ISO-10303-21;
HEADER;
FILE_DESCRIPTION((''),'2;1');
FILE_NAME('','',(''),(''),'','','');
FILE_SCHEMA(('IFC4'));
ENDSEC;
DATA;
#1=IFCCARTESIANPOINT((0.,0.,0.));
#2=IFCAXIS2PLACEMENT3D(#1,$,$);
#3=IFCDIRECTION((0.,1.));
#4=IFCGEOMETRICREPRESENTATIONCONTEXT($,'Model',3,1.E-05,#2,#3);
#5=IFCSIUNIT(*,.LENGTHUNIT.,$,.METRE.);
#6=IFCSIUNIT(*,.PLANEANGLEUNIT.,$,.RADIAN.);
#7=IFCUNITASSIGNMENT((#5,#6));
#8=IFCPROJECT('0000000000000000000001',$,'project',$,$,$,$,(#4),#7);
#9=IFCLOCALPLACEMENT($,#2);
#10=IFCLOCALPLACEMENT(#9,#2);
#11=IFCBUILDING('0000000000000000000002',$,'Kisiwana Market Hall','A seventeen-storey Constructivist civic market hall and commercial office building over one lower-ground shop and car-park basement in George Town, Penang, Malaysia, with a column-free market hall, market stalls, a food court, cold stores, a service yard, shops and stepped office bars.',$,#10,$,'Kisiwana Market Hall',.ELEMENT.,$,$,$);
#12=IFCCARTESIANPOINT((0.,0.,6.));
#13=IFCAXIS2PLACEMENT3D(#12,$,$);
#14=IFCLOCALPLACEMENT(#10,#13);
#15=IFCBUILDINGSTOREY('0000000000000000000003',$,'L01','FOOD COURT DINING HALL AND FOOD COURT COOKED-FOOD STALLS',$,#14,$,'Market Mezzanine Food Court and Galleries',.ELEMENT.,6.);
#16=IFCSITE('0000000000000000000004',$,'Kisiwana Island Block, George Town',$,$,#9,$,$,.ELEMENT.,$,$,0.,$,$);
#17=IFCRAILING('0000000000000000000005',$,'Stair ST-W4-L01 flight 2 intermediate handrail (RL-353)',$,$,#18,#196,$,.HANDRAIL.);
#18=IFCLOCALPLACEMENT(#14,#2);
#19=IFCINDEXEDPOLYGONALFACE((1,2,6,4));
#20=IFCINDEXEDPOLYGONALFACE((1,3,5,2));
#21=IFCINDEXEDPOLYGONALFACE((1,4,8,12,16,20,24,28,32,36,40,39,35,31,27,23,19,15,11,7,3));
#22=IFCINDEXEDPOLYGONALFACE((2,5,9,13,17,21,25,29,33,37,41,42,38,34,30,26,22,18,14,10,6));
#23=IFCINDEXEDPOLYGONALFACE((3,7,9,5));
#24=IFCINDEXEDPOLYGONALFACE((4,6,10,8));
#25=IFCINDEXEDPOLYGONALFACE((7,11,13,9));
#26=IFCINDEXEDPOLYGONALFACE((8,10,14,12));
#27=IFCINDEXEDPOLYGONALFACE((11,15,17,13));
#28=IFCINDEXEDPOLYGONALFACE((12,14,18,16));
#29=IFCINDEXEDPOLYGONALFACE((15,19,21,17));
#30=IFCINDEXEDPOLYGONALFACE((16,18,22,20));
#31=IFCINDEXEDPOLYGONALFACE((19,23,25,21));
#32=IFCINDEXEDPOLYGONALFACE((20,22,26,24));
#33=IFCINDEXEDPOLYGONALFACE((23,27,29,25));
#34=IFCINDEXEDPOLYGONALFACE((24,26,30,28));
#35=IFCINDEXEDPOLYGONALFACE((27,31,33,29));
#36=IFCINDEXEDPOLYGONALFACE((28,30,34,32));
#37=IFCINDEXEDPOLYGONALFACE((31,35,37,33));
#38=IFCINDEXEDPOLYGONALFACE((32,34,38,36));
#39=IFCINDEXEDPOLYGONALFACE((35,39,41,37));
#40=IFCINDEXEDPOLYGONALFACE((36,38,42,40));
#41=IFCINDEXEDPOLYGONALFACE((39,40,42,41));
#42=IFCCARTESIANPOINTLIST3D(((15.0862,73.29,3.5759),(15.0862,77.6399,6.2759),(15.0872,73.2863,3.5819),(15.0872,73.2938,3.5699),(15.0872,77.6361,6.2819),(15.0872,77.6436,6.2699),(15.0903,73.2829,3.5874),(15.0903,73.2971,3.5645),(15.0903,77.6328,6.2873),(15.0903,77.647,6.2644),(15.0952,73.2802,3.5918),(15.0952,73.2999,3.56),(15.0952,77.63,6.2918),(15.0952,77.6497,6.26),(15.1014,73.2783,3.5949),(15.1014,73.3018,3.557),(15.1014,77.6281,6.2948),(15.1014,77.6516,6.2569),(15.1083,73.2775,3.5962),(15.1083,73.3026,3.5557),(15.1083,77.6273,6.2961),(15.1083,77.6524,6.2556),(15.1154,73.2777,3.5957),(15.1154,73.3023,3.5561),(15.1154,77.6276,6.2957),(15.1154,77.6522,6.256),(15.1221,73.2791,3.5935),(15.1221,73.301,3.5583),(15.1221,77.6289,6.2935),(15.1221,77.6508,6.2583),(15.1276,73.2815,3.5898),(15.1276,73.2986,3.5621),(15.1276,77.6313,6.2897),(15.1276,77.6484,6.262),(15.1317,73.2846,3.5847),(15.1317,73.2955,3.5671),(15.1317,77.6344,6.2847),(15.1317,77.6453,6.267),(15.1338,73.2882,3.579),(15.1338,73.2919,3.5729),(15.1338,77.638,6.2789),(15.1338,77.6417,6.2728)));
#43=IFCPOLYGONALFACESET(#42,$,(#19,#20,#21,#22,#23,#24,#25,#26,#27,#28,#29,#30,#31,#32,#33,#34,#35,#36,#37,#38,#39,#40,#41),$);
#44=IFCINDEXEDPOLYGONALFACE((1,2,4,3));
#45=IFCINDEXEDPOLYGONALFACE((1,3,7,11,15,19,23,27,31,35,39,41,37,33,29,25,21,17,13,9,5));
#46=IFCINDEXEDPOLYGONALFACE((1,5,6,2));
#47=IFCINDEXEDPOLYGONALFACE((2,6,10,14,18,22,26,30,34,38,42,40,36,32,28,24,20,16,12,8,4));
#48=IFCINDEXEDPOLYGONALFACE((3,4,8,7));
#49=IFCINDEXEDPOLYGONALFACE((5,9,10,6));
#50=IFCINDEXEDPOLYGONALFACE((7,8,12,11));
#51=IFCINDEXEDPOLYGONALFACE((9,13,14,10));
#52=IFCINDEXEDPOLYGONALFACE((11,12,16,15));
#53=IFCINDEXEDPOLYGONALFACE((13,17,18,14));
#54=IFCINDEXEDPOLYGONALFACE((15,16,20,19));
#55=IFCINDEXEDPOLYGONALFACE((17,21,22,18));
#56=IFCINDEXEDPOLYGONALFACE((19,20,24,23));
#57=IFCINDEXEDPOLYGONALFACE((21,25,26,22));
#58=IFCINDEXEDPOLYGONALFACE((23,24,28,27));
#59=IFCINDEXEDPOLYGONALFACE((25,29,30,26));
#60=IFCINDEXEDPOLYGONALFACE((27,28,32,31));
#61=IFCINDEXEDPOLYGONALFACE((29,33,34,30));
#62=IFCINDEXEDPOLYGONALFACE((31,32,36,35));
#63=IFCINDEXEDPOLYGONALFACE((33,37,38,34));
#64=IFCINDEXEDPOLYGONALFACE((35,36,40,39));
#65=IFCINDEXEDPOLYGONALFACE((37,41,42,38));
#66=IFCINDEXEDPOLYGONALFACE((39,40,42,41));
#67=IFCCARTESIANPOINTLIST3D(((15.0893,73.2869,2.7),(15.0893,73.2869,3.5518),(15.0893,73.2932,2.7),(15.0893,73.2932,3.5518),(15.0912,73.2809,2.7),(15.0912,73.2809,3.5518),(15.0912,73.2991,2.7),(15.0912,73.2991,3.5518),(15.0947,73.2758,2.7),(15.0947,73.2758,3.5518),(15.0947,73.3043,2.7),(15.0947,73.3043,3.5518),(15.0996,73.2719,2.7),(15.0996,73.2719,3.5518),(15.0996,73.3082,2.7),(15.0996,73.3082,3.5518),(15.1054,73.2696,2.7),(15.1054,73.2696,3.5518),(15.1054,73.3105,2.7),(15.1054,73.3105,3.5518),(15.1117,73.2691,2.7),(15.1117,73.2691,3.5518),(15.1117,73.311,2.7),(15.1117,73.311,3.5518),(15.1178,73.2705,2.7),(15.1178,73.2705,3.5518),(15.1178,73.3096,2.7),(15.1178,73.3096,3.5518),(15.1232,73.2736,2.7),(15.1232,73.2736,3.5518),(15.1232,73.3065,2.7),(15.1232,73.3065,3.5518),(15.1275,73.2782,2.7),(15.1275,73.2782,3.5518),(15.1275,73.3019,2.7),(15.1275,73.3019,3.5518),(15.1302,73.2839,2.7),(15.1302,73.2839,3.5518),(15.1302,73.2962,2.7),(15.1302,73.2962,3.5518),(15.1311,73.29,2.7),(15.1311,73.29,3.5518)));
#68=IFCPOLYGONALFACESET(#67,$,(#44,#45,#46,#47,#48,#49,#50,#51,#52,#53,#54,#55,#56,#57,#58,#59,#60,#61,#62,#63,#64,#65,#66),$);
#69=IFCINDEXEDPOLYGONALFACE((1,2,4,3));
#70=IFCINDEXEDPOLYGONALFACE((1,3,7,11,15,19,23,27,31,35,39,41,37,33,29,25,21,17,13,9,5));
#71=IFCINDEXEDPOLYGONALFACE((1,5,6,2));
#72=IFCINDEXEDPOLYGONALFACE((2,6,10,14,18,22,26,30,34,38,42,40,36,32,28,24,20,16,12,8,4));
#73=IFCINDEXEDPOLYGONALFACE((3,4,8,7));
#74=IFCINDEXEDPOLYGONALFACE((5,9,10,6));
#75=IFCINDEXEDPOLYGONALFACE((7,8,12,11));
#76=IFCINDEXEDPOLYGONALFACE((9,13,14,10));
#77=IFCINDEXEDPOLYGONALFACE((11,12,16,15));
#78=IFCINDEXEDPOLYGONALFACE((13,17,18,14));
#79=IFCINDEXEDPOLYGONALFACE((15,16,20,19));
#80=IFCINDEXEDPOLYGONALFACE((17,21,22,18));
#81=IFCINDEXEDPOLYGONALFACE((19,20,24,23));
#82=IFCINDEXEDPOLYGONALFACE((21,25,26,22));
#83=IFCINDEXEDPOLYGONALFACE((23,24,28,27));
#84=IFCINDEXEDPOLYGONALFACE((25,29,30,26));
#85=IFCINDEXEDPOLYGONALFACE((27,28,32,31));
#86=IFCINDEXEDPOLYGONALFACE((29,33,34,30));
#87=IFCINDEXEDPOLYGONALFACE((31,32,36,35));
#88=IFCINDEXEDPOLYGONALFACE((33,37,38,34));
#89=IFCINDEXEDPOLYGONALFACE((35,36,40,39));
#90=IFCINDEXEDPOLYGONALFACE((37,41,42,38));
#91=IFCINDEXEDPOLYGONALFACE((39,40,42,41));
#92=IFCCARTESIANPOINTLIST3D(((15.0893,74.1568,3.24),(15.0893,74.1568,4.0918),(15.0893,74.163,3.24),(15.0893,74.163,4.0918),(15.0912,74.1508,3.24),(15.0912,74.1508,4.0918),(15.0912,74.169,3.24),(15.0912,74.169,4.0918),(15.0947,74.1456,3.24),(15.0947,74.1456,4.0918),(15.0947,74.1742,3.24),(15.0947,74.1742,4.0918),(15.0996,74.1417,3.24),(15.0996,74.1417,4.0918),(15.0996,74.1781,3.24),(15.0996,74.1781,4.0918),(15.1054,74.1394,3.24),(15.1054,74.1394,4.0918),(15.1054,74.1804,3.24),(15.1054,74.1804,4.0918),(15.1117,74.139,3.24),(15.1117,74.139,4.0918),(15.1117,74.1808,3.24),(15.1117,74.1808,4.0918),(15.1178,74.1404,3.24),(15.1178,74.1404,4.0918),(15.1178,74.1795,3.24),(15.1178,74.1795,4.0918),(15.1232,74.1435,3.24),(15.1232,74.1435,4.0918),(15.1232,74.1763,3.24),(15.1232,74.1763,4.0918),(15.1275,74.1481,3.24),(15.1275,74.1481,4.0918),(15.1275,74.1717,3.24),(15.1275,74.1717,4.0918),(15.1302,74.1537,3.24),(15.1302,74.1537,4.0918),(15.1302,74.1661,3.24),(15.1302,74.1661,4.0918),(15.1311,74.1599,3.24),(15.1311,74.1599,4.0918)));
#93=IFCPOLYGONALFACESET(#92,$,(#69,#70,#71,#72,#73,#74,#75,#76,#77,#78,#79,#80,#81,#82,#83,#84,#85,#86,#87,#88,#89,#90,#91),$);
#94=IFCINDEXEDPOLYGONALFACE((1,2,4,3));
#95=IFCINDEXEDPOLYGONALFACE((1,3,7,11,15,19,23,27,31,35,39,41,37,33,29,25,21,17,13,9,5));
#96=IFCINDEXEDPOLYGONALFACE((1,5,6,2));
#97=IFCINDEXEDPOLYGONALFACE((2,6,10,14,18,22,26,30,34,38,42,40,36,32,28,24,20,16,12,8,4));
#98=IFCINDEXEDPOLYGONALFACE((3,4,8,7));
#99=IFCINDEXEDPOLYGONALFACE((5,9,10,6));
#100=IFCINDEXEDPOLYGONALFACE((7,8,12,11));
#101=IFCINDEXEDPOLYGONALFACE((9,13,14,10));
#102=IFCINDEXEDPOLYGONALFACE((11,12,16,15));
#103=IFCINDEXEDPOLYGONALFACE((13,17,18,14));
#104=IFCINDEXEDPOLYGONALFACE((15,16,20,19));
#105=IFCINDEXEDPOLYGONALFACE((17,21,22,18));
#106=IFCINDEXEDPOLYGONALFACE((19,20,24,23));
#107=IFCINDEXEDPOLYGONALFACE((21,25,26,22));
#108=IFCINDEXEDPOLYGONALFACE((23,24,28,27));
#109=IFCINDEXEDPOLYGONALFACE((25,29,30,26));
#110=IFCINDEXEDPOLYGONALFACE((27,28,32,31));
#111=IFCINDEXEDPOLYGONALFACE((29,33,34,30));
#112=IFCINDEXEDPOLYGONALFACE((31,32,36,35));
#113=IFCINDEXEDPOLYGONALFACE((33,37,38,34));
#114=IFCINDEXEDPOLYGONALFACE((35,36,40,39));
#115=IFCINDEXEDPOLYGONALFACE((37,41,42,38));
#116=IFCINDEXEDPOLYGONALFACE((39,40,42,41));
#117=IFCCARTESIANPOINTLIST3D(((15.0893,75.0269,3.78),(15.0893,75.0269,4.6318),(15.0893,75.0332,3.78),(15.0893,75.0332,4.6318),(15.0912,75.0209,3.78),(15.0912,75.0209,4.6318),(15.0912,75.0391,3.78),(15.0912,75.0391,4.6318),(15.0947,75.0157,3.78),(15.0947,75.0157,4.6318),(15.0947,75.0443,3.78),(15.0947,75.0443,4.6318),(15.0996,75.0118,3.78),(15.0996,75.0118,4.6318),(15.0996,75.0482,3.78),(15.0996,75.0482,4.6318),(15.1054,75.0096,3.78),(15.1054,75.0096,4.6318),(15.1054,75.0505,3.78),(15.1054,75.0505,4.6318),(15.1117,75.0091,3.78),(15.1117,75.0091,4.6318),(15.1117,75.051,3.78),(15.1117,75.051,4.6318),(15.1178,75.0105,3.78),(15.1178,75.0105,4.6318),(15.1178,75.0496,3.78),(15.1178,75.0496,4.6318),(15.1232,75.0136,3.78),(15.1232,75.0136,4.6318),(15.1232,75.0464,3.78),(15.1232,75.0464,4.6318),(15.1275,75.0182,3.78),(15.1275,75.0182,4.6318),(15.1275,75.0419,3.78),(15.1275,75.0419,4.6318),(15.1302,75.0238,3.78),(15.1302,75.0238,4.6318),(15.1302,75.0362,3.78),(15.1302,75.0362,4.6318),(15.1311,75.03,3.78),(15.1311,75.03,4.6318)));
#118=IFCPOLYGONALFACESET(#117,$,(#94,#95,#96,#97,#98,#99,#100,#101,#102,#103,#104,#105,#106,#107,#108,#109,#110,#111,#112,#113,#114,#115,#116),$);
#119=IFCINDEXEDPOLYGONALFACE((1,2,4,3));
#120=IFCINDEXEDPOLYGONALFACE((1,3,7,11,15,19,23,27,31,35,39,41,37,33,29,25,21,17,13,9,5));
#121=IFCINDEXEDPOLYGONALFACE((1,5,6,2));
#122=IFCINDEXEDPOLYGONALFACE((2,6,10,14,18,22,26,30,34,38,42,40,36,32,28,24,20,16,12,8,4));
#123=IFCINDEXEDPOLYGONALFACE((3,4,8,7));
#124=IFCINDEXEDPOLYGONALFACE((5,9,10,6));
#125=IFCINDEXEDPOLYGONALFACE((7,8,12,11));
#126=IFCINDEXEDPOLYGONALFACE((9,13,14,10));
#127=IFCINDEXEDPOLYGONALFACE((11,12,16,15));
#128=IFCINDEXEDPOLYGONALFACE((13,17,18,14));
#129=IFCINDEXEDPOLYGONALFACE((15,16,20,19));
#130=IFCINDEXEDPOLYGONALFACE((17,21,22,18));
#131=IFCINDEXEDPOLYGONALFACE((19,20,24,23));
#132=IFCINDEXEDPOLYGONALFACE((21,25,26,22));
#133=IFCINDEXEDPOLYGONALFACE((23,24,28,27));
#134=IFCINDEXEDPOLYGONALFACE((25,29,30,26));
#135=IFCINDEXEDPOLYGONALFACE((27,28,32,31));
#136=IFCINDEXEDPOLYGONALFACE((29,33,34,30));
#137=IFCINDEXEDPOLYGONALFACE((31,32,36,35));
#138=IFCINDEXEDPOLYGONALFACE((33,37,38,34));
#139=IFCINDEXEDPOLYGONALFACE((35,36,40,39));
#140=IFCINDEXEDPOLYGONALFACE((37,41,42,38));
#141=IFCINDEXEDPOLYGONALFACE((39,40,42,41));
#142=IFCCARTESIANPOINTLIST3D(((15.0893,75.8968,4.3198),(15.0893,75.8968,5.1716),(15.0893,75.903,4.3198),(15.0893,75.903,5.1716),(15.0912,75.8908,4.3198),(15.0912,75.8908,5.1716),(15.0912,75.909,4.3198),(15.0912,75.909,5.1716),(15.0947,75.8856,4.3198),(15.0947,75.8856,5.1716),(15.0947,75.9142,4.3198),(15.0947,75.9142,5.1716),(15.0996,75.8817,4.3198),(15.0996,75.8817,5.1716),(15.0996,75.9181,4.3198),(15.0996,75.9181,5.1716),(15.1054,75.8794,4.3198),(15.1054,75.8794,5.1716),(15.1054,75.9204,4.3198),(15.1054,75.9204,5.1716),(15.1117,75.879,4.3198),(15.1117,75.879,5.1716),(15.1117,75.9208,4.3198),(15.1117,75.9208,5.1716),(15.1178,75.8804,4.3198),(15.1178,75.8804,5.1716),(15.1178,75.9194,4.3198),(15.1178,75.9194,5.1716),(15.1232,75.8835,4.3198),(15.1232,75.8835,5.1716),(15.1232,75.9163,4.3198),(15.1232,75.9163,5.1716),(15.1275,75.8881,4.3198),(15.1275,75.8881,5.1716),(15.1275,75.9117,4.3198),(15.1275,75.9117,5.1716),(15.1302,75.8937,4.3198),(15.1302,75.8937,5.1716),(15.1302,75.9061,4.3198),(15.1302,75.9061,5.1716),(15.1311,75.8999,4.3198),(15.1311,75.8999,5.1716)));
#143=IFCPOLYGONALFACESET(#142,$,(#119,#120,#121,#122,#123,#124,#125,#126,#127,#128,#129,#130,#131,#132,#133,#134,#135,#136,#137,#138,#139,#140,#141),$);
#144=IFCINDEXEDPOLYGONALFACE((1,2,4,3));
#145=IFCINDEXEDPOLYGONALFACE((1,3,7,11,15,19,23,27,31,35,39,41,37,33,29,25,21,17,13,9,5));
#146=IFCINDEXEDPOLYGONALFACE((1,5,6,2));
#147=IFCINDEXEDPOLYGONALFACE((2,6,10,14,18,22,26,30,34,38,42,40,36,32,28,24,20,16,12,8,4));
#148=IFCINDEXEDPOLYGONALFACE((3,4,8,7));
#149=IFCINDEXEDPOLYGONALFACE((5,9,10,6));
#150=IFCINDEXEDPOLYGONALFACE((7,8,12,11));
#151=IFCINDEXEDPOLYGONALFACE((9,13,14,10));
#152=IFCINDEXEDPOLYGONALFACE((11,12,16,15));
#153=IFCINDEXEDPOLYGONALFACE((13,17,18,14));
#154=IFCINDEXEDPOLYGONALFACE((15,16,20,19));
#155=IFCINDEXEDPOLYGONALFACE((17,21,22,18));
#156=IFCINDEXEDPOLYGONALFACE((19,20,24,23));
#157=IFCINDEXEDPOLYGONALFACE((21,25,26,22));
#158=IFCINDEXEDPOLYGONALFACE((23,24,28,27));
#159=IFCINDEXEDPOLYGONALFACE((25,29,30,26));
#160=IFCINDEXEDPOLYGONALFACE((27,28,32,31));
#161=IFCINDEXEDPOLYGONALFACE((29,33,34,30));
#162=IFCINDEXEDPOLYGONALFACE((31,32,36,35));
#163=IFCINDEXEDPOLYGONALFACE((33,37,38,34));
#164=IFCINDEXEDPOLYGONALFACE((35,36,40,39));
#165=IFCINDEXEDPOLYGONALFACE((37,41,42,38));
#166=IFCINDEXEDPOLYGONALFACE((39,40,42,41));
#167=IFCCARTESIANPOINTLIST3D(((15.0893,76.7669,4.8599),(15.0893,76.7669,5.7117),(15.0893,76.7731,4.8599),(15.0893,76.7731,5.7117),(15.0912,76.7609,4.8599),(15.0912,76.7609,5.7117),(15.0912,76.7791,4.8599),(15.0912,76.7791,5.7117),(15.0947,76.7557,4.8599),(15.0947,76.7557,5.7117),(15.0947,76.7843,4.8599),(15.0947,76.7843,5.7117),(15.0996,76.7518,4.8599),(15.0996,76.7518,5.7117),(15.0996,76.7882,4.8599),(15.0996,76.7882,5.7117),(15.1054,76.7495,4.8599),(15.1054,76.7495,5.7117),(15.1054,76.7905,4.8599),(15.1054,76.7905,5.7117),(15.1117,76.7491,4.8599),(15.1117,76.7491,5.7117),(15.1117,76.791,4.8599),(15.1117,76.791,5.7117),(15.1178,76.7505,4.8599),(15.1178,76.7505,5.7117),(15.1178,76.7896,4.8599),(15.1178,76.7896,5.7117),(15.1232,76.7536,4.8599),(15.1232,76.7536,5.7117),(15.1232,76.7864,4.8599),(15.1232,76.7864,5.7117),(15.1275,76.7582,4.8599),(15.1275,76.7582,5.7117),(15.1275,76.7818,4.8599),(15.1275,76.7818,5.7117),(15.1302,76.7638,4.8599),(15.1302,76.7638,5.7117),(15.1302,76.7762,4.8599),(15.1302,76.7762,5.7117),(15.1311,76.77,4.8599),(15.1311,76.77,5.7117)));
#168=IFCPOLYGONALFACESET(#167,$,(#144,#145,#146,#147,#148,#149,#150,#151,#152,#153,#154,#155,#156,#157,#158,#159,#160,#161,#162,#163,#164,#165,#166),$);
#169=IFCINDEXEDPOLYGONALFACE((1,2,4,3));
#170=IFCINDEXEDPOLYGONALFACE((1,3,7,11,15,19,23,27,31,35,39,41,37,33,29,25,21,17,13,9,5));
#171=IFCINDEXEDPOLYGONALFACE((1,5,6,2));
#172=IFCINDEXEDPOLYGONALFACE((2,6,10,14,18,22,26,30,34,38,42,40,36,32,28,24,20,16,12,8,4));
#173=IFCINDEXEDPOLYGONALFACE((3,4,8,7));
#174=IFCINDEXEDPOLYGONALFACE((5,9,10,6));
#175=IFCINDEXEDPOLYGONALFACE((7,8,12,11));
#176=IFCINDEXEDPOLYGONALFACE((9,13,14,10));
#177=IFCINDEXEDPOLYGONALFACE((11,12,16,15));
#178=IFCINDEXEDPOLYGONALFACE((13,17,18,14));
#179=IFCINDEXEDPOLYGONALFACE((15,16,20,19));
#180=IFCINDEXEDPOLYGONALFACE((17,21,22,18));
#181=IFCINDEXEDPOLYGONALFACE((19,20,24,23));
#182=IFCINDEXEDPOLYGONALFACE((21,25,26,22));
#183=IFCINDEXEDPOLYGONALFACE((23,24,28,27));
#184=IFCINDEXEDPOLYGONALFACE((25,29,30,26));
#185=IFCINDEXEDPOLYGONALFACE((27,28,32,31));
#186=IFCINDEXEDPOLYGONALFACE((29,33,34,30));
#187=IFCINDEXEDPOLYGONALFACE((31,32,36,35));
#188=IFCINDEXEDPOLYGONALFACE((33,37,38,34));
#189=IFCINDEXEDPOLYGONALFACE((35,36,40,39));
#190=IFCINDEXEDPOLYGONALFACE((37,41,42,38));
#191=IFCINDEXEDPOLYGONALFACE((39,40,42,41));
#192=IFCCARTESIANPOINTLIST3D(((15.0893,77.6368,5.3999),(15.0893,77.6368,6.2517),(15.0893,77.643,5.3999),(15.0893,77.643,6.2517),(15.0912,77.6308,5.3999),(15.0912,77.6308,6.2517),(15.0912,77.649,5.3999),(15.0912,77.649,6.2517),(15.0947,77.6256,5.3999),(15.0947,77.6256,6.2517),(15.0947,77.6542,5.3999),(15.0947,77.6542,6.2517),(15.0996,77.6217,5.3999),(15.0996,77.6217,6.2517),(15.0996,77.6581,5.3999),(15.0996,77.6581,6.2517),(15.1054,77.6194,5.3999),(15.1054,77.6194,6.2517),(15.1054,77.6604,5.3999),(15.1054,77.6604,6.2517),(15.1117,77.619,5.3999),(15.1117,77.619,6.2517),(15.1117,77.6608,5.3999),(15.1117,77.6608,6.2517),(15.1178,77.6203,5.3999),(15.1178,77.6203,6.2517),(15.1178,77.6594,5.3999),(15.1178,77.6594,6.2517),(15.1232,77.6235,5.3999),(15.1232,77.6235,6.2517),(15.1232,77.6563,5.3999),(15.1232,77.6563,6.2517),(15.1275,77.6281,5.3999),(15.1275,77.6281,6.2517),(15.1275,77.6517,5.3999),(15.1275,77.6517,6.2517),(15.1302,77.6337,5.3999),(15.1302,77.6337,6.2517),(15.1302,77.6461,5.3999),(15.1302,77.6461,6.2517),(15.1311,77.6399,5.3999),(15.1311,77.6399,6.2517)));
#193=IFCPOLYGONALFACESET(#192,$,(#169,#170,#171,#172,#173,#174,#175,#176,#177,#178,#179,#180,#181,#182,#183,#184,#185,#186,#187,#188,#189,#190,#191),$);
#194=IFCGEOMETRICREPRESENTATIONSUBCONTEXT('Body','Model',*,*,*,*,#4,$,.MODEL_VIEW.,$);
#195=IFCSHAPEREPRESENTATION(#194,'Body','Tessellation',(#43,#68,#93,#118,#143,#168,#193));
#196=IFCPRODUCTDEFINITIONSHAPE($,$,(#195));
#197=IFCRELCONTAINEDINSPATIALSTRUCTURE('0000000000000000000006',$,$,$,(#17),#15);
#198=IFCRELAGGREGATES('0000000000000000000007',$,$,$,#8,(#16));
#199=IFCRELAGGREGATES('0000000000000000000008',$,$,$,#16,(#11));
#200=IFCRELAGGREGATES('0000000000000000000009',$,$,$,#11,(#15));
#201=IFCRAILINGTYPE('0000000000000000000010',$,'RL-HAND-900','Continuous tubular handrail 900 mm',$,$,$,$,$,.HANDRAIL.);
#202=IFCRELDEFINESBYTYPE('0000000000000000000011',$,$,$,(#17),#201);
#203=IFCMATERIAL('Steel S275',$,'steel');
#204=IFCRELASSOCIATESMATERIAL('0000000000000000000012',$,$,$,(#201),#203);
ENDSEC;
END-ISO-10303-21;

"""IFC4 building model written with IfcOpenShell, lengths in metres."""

from ifc_helpers import new_model, si_unit, direction, frame, origin, origin_2d, place, context, subcontext, project, spatial, circle, extrude, material, type_object, element, save


model = new_model("IFC4")

# Units and contexts
model_context = context("Model", 3, precision=1e-05, world=origin(), true_north=direction((0.0, 1.0)))
body_context = subcontext(model_context, "Body", "Model", "MODEL_VIEW")
ifc_project = project(units=[si_unit("LENGTHUNIT", "METRE"), si_unit("PLANEANGLEUNIT", "RADIAN")], contexts=[model_context])

# Site, building, storey
site_placement = place(None, origin())
site = spatial("IfcSite", under=ifc_project, at=site_placement, Name="Kisiwana Island Block, George Town", CompositionType="ELEMENT", RefElevation=0.0)
building_placement = place(site_placement, origin())
building = spatial("IfcBuilding", under=site, at=building_placement, Name="Kisiwana Market Hall", Description="A seventeen-storey Constructivist civic market hall and commercial office building over one lower-ground shop and car-park basement in George Town, Penang, Malaysia, with a column-free market hall, market stalls, a food court, cold stores, a service yard, shops and stepped office bars.", LongName="Kisiwana Market Hall", CompositionType="ELEMENT")
storey_placement = place(building_placement, frame((0.0, 0.0, 6.0)))
storey = spatial("IfcBuildingStorey", under=building, at=storey_placement, Name="L01", Description="FOOD COURT DINING HALL AND FOOD COURT COOKED-FOOD STALLS", LongName="Market Mezzanine Food Court and Galleries", CompositionType="ELEMENT", Elevation=6.0)

# Railing
ifc_material_1 = material(Name="Steel S275", Category="steel")
railing_type_1 = type_object("IfcRailingType", Name="RL-HAND-900", Description="Continuous tubular handrail 900 mm", PredefinedType="HANDRAIL", material=ifc_material_1)
for number, where, name in (
    (1, (15.1101, 73.29, 2.7), "Stair ST-W4-L01 flight 2 intermediate handrail (RL-353)"),
):
    element("IfcRailing", number, at=place(storey_placement, frame(where)), inside=storey, type_object=railing_type_1, Name=name, PredefinedType="HANDRAIL", context=body_context, shape_type="SweptSolid", body=[
        extrude(circle(Radius=0.0239, at=origin_2d()), frame((0.0, 0.0, 0.876), z_axis=(0.0, 0.849636, 0.527369), x_axis=(-1.0, 0.0, 0.0)), (0.0, 0.0, 1.0), 5.1196),
        extrude(circle(Radius=0.021, at=origin_2d()), origin(), (0.0, 0.0, 1.0), 0.8518),
        extrude(circle(Radius=0.021, at=origin_2d()), frame((0.0, 0.8699, 0.54)), (0.0, 0.0, 1.0), 0.8518),
        extrude(circle(Radius=0.021, at=origin_2d()), frame((0.0, 1.74, 1.0801)), (0.0, 0.0, 1.0), 0.8518),
        extrude(circle(Radius=0.021, at=origin_2d()), frame((0.0, 2.6099, 1.6199)), (0.0, 0.0, 1.0), 0.8518),
        extrude(circle(Radius=0.021, at=origin_2d()), frame((0.0, 3.48, 2.1599)), (0.0, 0.0, 1.0), 0.8518),
        extrude(circle(Radius=0.021, at=origin_2d()), frame((0.0, 4.3499, 2.7)), (0.0, 0.0, 1.0), 0.8518),
    ])

save(model, "model.ifc")
